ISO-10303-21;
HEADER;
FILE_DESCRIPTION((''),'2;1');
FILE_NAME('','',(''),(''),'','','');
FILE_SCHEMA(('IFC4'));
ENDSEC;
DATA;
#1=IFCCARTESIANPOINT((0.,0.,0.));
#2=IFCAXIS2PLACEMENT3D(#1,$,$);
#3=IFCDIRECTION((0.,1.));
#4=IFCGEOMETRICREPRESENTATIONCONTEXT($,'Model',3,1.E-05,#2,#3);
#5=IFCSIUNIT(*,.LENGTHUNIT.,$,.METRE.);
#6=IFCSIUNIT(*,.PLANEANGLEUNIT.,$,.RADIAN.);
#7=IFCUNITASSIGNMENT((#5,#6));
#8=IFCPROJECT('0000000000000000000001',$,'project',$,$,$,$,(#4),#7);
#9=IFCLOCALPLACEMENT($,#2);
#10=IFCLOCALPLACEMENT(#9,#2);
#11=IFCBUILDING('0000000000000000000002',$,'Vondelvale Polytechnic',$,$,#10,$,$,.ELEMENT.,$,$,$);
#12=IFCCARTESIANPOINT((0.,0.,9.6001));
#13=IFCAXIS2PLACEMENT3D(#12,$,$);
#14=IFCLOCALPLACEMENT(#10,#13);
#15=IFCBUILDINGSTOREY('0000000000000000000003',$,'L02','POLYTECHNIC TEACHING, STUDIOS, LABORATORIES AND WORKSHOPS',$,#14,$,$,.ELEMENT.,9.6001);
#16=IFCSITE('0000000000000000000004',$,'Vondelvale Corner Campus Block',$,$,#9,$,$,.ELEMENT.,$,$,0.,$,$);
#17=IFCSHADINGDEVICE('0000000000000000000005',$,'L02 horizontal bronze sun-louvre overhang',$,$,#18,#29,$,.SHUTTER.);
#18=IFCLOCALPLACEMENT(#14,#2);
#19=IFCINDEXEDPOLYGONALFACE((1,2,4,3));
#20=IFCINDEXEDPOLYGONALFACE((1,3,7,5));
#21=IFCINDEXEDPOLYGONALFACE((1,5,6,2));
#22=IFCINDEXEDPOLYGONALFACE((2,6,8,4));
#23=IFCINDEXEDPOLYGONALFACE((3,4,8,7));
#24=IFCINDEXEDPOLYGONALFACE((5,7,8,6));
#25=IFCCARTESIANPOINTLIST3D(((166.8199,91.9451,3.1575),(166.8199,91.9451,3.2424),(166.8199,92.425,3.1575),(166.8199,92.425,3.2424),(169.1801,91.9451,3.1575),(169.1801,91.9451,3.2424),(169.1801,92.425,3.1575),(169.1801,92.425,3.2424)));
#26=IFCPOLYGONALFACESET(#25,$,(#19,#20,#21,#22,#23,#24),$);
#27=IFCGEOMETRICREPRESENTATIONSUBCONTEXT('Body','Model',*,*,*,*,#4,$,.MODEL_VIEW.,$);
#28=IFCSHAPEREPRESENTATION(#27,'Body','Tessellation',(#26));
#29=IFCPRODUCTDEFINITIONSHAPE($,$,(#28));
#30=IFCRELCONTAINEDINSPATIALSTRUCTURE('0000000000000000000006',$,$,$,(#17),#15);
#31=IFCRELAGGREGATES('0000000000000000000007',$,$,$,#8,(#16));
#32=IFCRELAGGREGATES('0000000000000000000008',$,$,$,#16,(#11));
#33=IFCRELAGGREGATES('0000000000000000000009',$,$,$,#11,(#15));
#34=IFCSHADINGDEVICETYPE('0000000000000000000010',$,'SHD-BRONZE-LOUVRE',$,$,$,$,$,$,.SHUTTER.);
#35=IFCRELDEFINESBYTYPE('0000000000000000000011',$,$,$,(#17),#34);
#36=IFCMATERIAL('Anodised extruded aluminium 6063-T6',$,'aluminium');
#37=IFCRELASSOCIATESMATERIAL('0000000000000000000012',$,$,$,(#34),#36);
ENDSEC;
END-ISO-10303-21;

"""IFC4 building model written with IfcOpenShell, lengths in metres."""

from ifc_helpers import new_model, si_unit, direction, frame, origin, origin_2d, place, context, subcontext, project, spatial, rectangle, extrude, material, type_object, element, save


model = new_model("IFC4")

# Units and contexts
model_context = context("Model", 3, precision=1e-05, world=origin(), true_north=direction((0.0, 1.0)))
body_context = subcontext(model_context, "Body", "Model", "MODEL_VIEW")
ifc_project = project(units=[si_unit("LENGTHUNIT", "METRE"), si_unit("PLANEANGLEUNIT", "RADIAN")], contexts=[model_context])

# Site, building, storey
site_placement = place(None, origin())
site = spatial("IfcSite", under=ifc_project, at=site_placement, Name="Vondelvale Corner Campus Block", CompositionType="ELEMENT", RefElevation=0.0)
building_placement = place(site_placement, origin())
building = spatial("IfcBuilding", under=site, at=building_placement, Name="Vondelvale Polytechnic", CompositionType="ELEMENT")
storey_placement = place(building_placement, frame((0.0, 0.0, 9.6001)))
storey = spatial("IfcBuildingStorey", under=building, at=storey_placement, Name="L02", Description="POLYTECHNIC TEACHING, STUDIOS, LABORATORIES AND WORKSHOPS", CompositionType="ELEMENT", Elevation=9.6001)

# Shared definitions
ifc_material_1 = material(Name="Anodised extruded aluminium 6063-T6", Category="aluminium")

# Shading device
shading_device_type = type_object("IfcShadingDeviceType", Name="SHD-BRONZE-LOUVRE", PredefinedType="SHUTTER", material=ifc_material_1)
shading_device_placement = place(storey_placement, frame((168.0, 92.1851, 3.1575), z_axis=(0.0, 0.0, 1.0), x_axis=(1.0, 0.0, 0.0)))
element("IfcShadingDevice", 1, at=shading_device_placement, inside=storey, type_object=shading_device_type, Name="L02 horizontal bronze sun-louvre overhang", PredefinedType="SHUTTER", context=body_context, shape_type="SweptSolid", body=[
    extrude(rectangle(XDim=2.3601, YDim=0.48, at=origin_2d()), origin(), (0.0, 0.0, 1.0), 0.085),
])

save(model, "model.ifc")
